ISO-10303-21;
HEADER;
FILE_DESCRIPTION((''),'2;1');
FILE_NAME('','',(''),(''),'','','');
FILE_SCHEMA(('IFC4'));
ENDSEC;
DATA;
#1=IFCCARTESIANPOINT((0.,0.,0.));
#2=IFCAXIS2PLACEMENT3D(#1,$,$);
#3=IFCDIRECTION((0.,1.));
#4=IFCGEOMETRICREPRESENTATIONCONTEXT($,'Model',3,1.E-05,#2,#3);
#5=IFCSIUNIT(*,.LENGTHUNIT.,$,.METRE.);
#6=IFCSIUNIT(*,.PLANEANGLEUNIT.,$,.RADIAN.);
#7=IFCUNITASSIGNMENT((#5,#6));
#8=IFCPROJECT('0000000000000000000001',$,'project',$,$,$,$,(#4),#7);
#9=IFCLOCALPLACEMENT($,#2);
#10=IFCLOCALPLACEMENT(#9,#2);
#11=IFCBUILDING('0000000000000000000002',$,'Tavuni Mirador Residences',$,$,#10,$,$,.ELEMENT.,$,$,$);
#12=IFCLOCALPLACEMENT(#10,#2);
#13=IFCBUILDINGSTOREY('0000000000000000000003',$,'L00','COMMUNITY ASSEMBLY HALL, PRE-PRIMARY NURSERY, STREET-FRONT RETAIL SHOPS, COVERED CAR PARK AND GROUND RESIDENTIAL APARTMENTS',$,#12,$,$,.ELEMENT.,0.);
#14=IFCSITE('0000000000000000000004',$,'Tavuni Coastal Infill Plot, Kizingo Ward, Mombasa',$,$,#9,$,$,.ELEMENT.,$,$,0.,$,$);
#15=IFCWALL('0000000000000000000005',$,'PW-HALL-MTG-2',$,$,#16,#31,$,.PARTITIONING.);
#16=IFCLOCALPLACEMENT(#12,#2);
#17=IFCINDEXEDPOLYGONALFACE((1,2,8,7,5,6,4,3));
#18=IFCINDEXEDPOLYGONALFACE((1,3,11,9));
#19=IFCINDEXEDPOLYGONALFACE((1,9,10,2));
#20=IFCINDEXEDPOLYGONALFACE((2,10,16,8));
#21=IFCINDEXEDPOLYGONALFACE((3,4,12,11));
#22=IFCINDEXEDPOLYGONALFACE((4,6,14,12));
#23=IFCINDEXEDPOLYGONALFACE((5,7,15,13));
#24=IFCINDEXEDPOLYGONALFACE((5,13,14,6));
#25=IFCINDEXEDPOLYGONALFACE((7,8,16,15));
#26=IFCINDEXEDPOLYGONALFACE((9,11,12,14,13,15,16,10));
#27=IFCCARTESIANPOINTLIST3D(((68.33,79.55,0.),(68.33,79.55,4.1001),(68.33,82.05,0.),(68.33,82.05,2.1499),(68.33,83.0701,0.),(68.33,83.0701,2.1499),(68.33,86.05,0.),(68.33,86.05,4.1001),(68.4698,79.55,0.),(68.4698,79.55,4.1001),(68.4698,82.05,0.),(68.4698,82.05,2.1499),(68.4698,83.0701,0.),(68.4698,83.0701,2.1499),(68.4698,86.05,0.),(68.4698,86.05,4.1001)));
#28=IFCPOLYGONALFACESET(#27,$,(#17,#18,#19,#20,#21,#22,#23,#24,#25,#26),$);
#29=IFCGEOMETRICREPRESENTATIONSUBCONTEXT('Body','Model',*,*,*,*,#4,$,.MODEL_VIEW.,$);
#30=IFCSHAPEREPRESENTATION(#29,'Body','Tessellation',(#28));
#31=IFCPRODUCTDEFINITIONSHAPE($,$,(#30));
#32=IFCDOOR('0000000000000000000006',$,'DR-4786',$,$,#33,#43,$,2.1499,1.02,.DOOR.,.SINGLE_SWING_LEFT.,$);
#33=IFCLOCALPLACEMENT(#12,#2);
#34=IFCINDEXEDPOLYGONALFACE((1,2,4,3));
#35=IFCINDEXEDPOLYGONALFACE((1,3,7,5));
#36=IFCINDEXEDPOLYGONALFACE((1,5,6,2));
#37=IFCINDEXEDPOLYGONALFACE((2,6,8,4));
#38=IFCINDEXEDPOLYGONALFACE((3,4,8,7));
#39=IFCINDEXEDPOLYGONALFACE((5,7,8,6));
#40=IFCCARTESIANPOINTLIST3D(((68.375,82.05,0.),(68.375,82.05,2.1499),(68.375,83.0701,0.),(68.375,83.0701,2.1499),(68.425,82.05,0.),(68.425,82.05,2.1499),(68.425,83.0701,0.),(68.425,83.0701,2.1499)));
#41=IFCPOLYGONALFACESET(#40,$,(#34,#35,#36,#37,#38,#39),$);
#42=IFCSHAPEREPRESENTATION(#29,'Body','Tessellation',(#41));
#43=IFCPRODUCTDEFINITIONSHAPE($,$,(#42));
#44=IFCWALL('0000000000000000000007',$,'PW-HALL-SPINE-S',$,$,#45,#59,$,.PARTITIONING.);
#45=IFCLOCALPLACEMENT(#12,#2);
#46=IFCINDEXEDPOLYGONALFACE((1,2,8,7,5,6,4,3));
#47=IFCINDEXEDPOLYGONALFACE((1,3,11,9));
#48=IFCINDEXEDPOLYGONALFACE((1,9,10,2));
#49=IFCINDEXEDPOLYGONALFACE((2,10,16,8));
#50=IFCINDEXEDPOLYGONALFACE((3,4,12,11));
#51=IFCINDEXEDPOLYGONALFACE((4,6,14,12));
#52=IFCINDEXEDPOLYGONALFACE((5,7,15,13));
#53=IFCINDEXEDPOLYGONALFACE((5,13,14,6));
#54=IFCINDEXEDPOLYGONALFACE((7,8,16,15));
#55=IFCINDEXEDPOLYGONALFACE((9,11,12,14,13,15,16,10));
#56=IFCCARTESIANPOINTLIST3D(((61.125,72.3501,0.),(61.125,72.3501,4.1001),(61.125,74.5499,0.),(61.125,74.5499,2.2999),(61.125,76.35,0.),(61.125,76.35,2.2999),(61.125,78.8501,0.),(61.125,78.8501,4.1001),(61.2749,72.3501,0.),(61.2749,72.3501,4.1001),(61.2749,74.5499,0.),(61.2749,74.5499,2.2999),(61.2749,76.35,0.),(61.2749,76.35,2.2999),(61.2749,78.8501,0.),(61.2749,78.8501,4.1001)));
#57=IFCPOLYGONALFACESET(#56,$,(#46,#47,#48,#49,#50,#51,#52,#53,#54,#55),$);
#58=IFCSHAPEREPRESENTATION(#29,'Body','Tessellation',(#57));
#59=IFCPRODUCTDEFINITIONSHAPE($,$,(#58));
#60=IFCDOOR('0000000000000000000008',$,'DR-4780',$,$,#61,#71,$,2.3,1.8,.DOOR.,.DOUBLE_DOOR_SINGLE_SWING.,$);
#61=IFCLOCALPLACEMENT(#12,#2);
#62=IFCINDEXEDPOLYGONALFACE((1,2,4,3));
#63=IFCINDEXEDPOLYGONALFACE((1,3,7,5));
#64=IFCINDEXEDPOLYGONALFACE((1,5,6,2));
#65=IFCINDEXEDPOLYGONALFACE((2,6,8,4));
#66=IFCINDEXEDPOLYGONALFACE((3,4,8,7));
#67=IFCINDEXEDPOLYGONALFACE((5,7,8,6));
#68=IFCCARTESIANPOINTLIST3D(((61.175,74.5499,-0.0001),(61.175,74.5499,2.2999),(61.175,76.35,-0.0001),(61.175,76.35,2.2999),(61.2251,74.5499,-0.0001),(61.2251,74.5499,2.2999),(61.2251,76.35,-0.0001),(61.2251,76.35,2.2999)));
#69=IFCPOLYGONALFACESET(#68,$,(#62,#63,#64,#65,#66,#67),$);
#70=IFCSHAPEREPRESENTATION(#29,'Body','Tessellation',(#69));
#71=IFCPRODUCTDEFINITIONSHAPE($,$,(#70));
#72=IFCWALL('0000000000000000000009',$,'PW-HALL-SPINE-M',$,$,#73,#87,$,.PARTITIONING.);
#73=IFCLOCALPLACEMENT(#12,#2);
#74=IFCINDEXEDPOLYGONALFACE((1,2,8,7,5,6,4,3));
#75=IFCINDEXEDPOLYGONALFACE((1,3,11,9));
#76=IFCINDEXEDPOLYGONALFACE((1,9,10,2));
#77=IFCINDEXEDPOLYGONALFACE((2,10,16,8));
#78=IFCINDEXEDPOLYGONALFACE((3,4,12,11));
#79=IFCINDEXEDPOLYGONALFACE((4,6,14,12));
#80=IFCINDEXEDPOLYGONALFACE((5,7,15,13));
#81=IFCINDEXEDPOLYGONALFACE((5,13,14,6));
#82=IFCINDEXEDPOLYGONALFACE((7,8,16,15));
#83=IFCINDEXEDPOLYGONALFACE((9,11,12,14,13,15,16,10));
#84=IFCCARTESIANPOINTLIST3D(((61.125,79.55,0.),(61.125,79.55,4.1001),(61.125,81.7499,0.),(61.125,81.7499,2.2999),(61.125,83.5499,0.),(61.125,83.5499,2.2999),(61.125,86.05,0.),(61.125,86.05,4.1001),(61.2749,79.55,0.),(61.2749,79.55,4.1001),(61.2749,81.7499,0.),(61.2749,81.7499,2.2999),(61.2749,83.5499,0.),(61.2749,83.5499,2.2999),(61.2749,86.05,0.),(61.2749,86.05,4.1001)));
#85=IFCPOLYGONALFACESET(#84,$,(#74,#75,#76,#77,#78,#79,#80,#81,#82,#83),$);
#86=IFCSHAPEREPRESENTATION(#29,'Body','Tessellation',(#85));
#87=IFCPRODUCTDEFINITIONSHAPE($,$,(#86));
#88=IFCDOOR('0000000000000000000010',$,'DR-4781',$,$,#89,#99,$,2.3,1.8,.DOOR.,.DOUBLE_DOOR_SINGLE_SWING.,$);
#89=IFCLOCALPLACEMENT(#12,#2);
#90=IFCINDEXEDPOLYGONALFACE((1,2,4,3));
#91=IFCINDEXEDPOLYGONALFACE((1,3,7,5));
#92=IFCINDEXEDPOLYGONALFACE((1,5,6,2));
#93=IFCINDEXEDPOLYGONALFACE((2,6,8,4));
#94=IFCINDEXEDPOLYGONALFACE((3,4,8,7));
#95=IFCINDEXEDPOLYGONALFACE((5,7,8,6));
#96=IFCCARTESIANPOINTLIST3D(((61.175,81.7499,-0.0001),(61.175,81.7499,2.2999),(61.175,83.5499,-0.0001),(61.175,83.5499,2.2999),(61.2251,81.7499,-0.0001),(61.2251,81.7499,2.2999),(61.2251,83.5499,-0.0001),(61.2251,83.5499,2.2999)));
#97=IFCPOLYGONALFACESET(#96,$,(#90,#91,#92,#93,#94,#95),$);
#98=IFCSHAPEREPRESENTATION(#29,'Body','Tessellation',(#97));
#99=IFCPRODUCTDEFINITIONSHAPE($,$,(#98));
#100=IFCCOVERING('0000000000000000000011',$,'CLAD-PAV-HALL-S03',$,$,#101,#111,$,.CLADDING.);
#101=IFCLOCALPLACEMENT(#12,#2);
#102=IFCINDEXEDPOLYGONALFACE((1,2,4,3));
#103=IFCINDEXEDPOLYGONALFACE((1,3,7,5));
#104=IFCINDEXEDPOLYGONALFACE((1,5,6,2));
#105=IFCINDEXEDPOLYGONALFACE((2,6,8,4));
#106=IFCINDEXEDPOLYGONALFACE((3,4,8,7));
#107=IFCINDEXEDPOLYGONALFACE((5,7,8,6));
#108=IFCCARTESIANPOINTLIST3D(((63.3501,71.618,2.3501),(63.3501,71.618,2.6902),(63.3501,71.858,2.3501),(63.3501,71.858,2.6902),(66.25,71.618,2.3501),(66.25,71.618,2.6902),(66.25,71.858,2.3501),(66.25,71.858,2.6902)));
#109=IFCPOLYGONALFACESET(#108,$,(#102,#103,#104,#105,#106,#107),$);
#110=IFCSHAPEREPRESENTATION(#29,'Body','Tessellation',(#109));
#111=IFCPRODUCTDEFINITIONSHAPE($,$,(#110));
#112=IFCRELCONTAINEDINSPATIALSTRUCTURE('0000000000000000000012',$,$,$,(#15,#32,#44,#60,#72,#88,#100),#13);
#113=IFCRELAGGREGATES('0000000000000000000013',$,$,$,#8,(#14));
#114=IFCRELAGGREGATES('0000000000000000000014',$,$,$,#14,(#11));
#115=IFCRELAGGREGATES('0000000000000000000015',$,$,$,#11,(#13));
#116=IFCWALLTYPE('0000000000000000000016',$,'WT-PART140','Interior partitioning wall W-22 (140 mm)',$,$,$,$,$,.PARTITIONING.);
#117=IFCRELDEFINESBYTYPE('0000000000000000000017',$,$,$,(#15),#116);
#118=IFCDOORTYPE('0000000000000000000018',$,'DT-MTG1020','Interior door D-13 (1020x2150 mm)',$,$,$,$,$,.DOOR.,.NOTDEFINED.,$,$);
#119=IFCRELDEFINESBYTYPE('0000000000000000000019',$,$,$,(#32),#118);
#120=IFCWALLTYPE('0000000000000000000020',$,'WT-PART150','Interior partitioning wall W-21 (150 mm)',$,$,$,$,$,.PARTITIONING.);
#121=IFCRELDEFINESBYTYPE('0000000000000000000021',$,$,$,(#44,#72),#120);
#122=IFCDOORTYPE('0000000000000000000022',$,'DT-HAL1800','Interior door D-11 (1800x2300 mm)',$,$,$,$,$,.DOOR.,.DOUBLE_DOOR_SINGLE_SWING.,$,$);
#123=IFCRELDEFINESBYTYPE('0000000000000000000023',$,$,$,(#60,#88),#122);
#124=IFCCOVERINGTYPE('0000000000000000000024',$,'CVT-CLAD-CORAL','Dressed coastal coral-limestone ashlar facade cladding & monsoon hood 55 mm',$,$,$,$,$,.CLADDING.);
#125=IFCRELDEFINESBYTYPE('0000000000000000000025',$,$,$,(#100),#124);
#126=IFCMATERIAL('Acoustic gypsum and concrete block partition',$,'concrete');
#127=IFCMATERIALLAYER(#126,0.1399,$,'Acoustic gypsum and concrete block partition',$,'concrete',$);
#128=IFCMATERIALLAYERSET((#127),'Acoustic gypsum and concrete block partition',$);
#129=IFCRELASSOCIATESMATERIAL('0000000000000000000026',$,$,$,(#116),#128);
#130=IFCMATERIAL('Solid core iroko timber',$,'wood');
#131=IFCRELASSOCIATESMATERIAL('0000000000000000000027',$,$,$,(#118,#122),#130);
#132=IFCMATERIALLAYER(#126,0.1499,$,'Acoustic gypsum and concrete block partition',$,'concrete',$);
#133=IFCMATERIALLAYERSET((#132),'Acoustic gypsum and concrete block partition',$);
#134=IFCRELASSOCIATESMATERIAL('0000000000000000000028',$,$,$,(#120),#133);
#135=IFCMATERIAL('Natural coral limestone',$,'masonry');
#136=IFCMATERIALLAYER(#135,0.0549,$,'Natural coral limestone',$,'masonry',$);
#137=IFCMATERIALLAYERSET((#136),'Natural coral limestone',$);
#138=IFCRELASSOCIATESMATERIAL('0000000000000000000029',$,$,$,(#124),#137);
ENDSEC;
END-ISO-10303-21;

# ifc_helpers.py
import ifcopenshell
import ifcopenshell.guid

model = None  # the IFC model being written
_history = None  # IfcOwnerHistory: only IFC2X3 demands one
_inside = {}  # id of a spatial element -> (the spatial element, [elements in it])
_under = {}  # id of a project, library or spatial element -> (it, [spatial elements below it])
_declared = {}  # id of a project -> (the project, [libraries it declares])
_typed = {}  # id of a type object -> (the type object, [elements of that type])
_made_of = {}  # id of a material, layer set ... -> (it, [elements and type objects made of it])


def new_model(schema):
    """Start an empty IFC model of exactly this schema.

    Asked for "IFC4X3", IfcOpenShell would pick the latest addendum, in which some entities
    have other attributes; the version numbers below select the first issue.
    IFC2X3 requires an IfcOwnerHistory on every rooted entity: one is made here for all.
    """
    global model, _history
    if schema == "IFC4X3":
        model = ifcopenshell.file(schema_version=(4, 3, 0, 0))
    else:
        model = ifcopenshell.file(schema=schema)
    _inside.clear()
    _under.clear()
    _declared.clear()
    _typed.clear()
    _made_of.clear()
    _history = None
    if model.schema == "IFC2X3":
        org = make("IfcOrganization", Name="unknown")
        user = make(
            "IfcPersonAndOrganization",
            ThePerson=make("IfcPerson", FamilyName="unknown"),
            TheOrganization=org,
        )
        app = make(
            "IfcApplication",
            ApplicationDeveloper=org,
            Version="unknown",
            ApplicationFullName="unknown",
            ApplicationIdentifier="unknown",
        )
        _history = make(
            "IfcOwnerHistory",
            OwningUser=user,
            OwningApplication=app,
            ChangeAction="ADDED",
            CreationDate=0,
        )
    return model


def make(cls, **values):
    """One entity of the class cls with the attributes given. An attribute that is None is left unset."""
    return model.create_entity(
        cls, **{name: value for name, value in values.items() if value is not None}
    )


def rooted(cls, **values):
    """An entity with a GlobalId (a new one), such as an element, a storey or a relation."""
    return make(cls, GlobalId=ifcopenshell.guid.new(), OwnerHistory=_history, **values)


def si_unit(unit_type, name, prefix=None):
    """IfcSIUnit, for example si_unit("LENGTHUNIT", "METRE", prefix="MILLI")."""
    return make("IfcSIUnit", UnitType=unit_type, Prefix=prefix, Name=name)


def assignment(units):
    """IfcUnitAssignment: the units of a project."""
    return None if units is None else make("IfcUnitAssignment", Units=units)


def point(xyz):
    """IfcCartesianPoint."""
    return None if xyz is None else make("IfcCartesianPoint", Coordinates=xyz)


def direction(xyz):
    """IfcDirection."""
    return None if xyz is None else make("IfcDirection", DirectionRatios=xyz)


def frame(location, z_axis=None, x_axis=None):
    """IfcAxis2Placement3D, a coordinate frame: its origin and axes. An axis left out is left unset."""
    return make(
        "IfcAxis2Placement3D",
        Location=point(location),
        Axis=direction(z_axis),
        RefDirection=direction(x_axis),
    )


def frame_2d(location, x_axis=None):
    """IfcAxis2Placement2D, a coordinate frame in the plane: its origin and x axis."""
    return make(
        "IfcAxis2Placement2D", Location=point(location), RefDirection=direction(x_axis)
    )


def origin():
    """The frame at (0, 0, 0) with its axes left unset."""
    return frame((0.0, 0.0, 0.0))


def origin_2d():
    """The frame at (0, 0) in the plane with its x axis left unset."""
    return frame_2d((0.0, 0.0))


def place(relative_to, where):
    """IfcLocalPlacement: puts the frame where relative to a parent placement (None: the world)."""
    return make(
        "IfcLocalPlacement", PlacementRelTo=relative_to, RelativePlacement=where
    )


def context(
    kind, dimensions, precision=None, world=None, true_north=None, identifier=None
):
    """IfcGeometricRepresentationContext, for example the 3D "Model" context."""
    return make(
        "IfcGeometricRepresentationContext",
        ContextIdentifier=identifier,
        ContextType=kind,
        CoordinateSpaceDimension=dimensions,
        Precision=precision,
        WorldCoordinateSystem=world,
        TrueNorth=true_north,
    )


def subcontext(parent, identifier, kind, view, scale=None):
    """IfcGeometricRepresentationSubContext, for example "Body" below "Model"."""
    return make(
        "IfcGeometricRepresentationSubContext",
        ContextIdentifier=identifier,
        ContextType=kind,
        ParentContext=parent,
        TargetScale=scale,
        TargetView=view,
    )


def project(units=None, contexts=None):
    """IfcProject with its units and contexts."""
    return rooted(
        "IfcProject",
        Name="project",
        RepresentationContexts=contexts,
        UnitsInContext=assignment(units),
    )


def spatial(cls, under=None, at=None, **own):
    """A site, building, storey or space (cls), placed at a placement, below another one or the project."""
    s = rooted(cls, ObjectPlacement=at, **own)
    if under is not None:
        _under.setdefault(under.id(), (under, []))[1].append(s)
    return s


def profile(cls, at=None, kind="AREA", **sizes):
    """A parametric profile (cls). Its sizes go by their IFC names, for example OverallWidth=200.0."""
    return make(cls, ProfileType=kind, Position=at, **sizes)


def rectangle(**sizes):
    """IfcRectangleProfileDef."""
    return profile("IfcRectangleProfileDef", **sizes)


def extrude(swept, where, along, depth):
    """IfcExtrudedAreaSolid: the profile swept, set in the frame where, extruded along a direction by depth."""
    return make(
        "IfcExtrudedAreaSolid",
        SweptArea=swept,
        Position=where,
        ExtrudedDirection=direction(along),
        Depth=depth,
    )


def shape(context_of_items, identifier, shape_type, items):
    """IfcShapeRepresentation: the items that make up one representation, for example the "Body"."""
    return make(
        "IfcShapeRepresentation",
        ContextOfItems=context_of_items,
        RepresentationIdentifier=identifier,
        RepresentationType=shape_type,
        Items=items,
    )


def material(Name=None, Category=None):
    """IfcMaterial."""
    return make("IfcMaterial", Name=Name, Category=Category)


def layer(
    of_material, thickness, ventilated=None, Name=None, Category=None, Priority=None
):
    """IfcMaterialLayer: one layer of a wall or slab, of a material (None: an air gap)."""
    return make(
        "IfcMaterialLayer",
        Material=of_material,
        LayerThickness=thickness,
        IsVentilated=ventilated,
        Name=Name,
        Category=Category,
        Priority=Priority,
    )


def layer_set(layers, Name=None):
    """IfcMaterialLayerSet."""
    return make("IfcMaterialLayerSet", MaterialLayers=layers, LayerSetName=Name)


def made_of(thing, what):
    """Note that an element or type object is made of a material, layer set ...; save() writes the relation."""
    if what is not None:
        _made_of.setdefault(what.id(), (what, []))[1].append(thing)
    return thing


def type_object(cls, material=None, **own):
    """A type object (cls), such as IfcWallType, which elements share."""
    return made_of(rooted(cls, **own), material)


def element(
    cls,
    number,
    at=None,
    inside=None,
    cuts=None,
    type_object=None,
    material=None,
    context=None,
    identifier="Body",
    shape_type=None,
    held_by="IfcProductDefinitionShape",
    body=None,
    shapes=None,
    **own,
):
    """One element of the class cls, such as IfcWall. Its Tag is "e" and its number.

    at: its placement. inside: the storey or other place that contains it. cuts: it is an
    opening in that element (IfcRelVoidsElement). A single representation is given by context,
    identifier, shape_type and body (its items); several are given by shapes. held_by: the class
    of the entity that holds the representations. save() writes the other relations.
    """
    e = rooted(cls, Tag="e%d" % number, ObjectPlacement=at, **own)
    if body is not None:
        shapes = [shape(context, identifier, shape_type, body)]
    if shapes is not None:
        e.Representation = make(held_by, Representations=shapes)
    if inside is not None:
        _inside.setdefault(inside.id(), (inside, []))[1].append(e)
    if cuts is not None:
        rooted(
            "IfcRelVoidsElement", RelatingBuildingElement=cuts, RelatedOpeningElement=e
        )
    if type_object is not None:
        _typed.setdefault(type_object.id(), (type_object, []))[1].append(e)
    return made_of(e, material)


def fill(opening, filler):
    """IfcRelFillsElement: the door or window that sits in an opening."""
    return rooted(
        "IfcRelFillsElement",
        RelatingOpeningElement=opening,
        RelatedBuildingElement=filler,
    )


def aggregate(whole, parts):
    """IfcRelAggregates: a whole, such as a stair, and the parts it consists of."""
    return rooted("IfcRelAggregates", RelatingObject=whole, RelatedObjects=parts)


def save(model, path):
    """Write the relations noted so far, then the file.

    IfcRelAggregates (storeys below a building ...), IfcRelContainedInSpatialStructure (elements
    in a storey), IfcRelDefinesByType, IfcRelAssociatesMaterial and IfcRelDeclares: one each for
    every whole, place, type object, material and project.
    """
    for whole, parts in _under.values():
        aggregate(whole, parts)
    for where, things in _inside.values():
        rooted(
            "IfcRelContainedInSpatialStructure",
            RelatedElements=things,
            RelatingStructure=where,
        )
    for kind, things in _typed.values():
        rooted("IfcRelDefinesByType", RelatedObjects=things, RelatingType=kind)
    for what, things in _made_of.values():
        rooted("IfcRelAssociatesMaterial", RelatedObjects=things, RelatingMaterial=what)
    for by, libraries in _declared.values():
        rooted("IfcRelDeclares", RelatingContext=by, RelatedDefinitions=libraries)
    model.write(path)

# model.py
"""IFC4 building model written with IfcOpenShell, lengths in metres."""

from ifc_helpers import new_model, si_unit, direction, frame, frame_2d, origin, origin_2d, place, context, subcontext, project, spatial, rectangle, extrude, material, layer, layer_set, type_object, element, fill, save


model = new_model("IFC4")

# Units and contexts
model_context = context("Model", 3, precision=1e-05, world=origin(), true_north=direction((0.0, 1.0)))
body_context = subcontext(model_context, "Body", "Model", "MODEL_VIEW")
ifc_project = project(units=[si_unit("LENGTHUNIT", "METRE"), si_unit("PLANEANGLEUNIT", "RADIAN")], contexts=[model_context])

# Site, building, storey
site_placement = place(None, origin())
site = spatial("IfcSite", under=ifc_project, at=site_placement, Name="Tavuni Coastal Infill Plot, Kizingo Ward, Mombasa", CompositionType="ELEMENT", RefElevation=0.0)
building_placement = place(site_placement, origin())
building = spatial("IfcBuilding", under=site, at=building_placement, Name="Tavuni Mirador Residences", CompositionType="ELEMENT")
storey_placement = place(building_placement, origin())
storey = spatial("IfcBuildingStorey", under=building, at=storey_placement, Name="L00", Description="COMMUNITY ASSEMBLY HALL, PRE-PRIMARY NURSERY, STREET-FRONT RETAIL SHOPS, COVERED CAR PARK AND GROUND RESIDENTIAL APARTMENTS", CompositionType="ELEMENT", Elevation=0.0)

# Shared definitions
ifc_material_1 = material(Name="Acoustic gypsum and concrete block partition", Category="concrete")

# Walls, openings, doors
ifc_layer_1 = layer(ifc_material_1, 0.1399, Name="Acoustic gypsum and concrete block partition", Category="concrete")
ifc_layer_set_1 = layer_set([ifc_layer_1], Name="Acoustic gypsum and concrete block partition")
wall_type_1 = type_object("IfcWallType", Name="WT-PART140", Description="Interior partitioning wall W-22 (140 mm)", PredefinedType="PARTITIONING", material=ifc_layer_set_1)
ifc_material_2 = material(Name="Solid core iroko timber", Category="wood")
door_type_1 = type_object("IfcDoorType", Name="DT-MTG1020", Description="Interior door D-13 (1020x2150 mm)", OperationType="NOTDEFINED", PredefinedType="DOOR", material=ifc_material_2)
wall_1_placement = place(storey_placement, frame((68.3999, 79.55, 0.0), z_axis=(0.0, 0.0, 1.0), x_axis=(0.0, 1.0, 0.0)))
wall_1 = element("IfcWall", 1, at=wall_1_placement, inside=storey, type_object=wall_type_1, Name="PW-HALL-MTG-2", PredefinedType="PARTITIONING", context=body_context, shape_type="SweptSolid", body=[
    extrude(rectangle(XDim=6.5, YDim=0.1399, at=frame_2d((3.25, 0.0))), origin(), (0.0, 0.0, 1.0), 4.1001),
])
opening_1_placement = place(wall_1_placement, frame((2.5, 0.0, 0.0)))
opening_1 = element("IfcOpeningElement", 2, at=opening_1_placement, cuts=wall_1, PredefinedType="OPENING", context=body_context, shape_type="SweptSolid", body=[
    extrude(rectangle(XDim=1.02, YDim=2.1499, at=frame_2d((0.51, 1.075))), frame((0.0, 0.0801, 0.0), z_axis=(0.0, -1.0, 0.0), x_axis=(1.0, 0.0, 0.0)), (0.0, 0.0, 1.0), 0.1599),
])
door_1_placement = place(opening_1_placement, origin())
door_1 = element("IfcDoor", 3, at=door_1_placement, inside=storey, type_object=door_type_1, Name="DR-4786", OperationType="SINGLE_SWING_LEFT", OverallHeight=2.1499, OverallWidth=1.02, PredefinedType="DOOR", context=body_context, shape_type="SweptSolid", body=[
    extrude(rectangle(XDim=1.02, YDim=2.1499, at=frame_2d((0.51, 1.075))), frame((0.0, 0.0249, 0.0), z_axis=(0.0, -1.0, 0.0), x_axis=(1.0, 0.0, 0.0)), (0.0, 0.0, 1.0), 0.05),
])
fill(opening_1, door_1)
ifc_layer_2 = layer(ifc_material_1, 0.1499, Name="Acoustic gypsum and concrete block partition", Category="concrete")
ifc_layer_set_2 = layer_set([ifc_layer_2], Name="Acoustic gypsum and concrete block partition")
wall_type_2 = type_object("IfcWallType", Name="WT-PART150", Description="Interior partitioning wall W-21 (150 mm)", PredefinedType="PARTITIONING", material=ifc_layer_set_2)
wall_2_placement = place(storey_placement, frame((61.2, 72.3501, 0.0), z_axis=(0.0, 0.0, 1.0), x_axis=(0.0, 1.0, 0.0)))
wall_2 = element("IfcWall", 4, at=wall_2_placement, inside=storey, type_object=wall_type_2, Name="PW-HALL-SPINE-S", PredefinedType="PARTITIONING", context=body_context, shape_type="SweptSolid", body=[
    extrude(rectangle(XDim=6.5, YDim=0.1499, at=frame_2d((3.25, 0.0))), origin(), (0.0, 0.0, 1.0), 4.1001),
])
opening_2_placement = place(wall_2_placement, frame((2.2, 0.0, 0.0)))
opening_2 = element("IfcOpeningElement", 5, at=opening_2_placement, cuts=wall_2, PredefinedType="OPENING", context=body_context, shape_type="SweptSolid", body=[
    extrude(rectangle(XDim=1.8, YDim=2.3, at=frame_2d((0.8999, 1.1499))), frame((0.0, 0.085, 0.0), z_axis=(0.0, -1.0, 0.0), x_axis=(1.0, 0.0, 0.0)), (0.0, 0.0, 1.0), 0.1699),
])
door_type_2 = type_object("IfcDoorType", Name="DT-HAL1800", Description="Interior door D-11 (1800x2300 mm)", OperationType="DOUBLE_DOOR_SINGLE_SWING", PredefinedType="DOOR", material=ifc_material_2)
door_2_placement = place(opening_2_placement, origin())
door_2 = element("IfcDoor", 6, at=door_2_placement, inside=storey, type_object=door_type_2, Name="DR-4780", OperationType="DOUBLE_DOOR_SINGLE_SWING", OverallHeight=2.3, OverallWidth=1.8, PredefinedType="DOOR", context=body_context, shape_type="SweptSolid", body=[
    extrude(rectangle(XDim=1.8, YDim=2.3, at=frame_2d((0.8999, 1.1499))), frame((0.0, 0.0249, 0.0), z_axis=(0.0, -1.0, 0.0), x_axis=(1.0, 0.0, 0.0)), (0.0, 0.0, 1.0), 0.05),
])
fill(opening_2, door_2)
wall_3_placement = place(storey_placement, frame((61.2, 79.55, 0.0), z_axis=(0.0, 0.0, 1.0), x_axis=(0.0, 1.0, 0.0)))
wall_3 = element("IfcWall", 7, at=wall_3_placement, inside=storey, type_object=wall_type_2, Name="PW-HALL-SPINE-M", PredefinedType="PARTITIONING", context=body_context, shape_type="SweptSolid", body=[
    extrude(rectangle(XDim=6.5, YDim=0.1499, at=frame_2d((3.25, 0.0))), origin(), (0.0, 0.0, 1.0), 4.1001),
])
opening_3_placement = place(wall_3_placement, frame((2.2, 0.0, 0.0)))
opening_3 = element("IfcOpeningElement", 8, at=opening_3_placement, cuts=wall_3, PredefinedType="OPENING", context=body_context, shape_type="SweptSolid", body=[
    extrude(rectangle(XDim=1.8, YDim=2.3, at=frame_2d((0.8999, 1.1499))), frame((0.0, 0.085, 0.0), z_axis=(0.0, -1.0, 0.0), x_axis=(1.0, 0.0, 0.0)), (0.0, 0.0, 1.0), 0.1699),
])
door_3_placement = place(opening_3_placement, origin())
door_3 = element("IfcDoor", 9, at=door_3_placement, inside=storey, type_object=door_type_2, Name="DR-4781", OperationType="DOUBLE_DOOR_SINGLE_SWING", OverallHeight=2.3, OverallWidth=1.8, PredefinedType="DOOR", context=body_context, shape_type="SweptSolid", body=[
    extrude(rectangle(XDim=1.8, YDim=2.3, at=frame_2d((0.8999, 1.1499))), frame((0.0, 0.0249, 0.0), z_axis=(0.0, -1.0, 0.0), x_axis=(1.0, 0.0, 0.0)), (0.0, 0.0, 1.0), 0.05),
])
fill(opening_3, door_3)

# Covering
ifc_material_3 = material(Name="Natural coral limestone", Category="masonry")
ifc_layer_3 = layer(ifc_material_3, 0.0549, Name="Natural coral limestone", Category="masonry")
ifc_layer_set_3 = layer_set([ifc_layer_3], Name="Natural coral limestone")
covering_type = type_object("IfcCoveringType", Name="CVT-CLAD-CORAL", Description="Dressed coastal coral-limestone ashlar facade cladding & monsoon hood 55 mm", PredefinedType="CLADDING", material=ifc_layer_set_3)
covering_placement = place(storey_placement, frame((64.8, 71.738, 2.3501), z_axis=(0.0, 0.0, 1.0), x_axis=(1.0, 0.0, 0.0)))
element("IfcCovering", 10, at=covering_placement, inside=storey, type_object=covering_type, Name="CLAD-PAV-HALL-S03", PredefinedType="CLADDING", context=body_context, shape_type="SweptSolid", body=[
    extrude(rectangle(XDim=2.8999, YDim=0.24, at=origin_2d()), origin(), (0.0, 0.0, 1.0), 0.3401),
])

save(model, "model.ifc")
